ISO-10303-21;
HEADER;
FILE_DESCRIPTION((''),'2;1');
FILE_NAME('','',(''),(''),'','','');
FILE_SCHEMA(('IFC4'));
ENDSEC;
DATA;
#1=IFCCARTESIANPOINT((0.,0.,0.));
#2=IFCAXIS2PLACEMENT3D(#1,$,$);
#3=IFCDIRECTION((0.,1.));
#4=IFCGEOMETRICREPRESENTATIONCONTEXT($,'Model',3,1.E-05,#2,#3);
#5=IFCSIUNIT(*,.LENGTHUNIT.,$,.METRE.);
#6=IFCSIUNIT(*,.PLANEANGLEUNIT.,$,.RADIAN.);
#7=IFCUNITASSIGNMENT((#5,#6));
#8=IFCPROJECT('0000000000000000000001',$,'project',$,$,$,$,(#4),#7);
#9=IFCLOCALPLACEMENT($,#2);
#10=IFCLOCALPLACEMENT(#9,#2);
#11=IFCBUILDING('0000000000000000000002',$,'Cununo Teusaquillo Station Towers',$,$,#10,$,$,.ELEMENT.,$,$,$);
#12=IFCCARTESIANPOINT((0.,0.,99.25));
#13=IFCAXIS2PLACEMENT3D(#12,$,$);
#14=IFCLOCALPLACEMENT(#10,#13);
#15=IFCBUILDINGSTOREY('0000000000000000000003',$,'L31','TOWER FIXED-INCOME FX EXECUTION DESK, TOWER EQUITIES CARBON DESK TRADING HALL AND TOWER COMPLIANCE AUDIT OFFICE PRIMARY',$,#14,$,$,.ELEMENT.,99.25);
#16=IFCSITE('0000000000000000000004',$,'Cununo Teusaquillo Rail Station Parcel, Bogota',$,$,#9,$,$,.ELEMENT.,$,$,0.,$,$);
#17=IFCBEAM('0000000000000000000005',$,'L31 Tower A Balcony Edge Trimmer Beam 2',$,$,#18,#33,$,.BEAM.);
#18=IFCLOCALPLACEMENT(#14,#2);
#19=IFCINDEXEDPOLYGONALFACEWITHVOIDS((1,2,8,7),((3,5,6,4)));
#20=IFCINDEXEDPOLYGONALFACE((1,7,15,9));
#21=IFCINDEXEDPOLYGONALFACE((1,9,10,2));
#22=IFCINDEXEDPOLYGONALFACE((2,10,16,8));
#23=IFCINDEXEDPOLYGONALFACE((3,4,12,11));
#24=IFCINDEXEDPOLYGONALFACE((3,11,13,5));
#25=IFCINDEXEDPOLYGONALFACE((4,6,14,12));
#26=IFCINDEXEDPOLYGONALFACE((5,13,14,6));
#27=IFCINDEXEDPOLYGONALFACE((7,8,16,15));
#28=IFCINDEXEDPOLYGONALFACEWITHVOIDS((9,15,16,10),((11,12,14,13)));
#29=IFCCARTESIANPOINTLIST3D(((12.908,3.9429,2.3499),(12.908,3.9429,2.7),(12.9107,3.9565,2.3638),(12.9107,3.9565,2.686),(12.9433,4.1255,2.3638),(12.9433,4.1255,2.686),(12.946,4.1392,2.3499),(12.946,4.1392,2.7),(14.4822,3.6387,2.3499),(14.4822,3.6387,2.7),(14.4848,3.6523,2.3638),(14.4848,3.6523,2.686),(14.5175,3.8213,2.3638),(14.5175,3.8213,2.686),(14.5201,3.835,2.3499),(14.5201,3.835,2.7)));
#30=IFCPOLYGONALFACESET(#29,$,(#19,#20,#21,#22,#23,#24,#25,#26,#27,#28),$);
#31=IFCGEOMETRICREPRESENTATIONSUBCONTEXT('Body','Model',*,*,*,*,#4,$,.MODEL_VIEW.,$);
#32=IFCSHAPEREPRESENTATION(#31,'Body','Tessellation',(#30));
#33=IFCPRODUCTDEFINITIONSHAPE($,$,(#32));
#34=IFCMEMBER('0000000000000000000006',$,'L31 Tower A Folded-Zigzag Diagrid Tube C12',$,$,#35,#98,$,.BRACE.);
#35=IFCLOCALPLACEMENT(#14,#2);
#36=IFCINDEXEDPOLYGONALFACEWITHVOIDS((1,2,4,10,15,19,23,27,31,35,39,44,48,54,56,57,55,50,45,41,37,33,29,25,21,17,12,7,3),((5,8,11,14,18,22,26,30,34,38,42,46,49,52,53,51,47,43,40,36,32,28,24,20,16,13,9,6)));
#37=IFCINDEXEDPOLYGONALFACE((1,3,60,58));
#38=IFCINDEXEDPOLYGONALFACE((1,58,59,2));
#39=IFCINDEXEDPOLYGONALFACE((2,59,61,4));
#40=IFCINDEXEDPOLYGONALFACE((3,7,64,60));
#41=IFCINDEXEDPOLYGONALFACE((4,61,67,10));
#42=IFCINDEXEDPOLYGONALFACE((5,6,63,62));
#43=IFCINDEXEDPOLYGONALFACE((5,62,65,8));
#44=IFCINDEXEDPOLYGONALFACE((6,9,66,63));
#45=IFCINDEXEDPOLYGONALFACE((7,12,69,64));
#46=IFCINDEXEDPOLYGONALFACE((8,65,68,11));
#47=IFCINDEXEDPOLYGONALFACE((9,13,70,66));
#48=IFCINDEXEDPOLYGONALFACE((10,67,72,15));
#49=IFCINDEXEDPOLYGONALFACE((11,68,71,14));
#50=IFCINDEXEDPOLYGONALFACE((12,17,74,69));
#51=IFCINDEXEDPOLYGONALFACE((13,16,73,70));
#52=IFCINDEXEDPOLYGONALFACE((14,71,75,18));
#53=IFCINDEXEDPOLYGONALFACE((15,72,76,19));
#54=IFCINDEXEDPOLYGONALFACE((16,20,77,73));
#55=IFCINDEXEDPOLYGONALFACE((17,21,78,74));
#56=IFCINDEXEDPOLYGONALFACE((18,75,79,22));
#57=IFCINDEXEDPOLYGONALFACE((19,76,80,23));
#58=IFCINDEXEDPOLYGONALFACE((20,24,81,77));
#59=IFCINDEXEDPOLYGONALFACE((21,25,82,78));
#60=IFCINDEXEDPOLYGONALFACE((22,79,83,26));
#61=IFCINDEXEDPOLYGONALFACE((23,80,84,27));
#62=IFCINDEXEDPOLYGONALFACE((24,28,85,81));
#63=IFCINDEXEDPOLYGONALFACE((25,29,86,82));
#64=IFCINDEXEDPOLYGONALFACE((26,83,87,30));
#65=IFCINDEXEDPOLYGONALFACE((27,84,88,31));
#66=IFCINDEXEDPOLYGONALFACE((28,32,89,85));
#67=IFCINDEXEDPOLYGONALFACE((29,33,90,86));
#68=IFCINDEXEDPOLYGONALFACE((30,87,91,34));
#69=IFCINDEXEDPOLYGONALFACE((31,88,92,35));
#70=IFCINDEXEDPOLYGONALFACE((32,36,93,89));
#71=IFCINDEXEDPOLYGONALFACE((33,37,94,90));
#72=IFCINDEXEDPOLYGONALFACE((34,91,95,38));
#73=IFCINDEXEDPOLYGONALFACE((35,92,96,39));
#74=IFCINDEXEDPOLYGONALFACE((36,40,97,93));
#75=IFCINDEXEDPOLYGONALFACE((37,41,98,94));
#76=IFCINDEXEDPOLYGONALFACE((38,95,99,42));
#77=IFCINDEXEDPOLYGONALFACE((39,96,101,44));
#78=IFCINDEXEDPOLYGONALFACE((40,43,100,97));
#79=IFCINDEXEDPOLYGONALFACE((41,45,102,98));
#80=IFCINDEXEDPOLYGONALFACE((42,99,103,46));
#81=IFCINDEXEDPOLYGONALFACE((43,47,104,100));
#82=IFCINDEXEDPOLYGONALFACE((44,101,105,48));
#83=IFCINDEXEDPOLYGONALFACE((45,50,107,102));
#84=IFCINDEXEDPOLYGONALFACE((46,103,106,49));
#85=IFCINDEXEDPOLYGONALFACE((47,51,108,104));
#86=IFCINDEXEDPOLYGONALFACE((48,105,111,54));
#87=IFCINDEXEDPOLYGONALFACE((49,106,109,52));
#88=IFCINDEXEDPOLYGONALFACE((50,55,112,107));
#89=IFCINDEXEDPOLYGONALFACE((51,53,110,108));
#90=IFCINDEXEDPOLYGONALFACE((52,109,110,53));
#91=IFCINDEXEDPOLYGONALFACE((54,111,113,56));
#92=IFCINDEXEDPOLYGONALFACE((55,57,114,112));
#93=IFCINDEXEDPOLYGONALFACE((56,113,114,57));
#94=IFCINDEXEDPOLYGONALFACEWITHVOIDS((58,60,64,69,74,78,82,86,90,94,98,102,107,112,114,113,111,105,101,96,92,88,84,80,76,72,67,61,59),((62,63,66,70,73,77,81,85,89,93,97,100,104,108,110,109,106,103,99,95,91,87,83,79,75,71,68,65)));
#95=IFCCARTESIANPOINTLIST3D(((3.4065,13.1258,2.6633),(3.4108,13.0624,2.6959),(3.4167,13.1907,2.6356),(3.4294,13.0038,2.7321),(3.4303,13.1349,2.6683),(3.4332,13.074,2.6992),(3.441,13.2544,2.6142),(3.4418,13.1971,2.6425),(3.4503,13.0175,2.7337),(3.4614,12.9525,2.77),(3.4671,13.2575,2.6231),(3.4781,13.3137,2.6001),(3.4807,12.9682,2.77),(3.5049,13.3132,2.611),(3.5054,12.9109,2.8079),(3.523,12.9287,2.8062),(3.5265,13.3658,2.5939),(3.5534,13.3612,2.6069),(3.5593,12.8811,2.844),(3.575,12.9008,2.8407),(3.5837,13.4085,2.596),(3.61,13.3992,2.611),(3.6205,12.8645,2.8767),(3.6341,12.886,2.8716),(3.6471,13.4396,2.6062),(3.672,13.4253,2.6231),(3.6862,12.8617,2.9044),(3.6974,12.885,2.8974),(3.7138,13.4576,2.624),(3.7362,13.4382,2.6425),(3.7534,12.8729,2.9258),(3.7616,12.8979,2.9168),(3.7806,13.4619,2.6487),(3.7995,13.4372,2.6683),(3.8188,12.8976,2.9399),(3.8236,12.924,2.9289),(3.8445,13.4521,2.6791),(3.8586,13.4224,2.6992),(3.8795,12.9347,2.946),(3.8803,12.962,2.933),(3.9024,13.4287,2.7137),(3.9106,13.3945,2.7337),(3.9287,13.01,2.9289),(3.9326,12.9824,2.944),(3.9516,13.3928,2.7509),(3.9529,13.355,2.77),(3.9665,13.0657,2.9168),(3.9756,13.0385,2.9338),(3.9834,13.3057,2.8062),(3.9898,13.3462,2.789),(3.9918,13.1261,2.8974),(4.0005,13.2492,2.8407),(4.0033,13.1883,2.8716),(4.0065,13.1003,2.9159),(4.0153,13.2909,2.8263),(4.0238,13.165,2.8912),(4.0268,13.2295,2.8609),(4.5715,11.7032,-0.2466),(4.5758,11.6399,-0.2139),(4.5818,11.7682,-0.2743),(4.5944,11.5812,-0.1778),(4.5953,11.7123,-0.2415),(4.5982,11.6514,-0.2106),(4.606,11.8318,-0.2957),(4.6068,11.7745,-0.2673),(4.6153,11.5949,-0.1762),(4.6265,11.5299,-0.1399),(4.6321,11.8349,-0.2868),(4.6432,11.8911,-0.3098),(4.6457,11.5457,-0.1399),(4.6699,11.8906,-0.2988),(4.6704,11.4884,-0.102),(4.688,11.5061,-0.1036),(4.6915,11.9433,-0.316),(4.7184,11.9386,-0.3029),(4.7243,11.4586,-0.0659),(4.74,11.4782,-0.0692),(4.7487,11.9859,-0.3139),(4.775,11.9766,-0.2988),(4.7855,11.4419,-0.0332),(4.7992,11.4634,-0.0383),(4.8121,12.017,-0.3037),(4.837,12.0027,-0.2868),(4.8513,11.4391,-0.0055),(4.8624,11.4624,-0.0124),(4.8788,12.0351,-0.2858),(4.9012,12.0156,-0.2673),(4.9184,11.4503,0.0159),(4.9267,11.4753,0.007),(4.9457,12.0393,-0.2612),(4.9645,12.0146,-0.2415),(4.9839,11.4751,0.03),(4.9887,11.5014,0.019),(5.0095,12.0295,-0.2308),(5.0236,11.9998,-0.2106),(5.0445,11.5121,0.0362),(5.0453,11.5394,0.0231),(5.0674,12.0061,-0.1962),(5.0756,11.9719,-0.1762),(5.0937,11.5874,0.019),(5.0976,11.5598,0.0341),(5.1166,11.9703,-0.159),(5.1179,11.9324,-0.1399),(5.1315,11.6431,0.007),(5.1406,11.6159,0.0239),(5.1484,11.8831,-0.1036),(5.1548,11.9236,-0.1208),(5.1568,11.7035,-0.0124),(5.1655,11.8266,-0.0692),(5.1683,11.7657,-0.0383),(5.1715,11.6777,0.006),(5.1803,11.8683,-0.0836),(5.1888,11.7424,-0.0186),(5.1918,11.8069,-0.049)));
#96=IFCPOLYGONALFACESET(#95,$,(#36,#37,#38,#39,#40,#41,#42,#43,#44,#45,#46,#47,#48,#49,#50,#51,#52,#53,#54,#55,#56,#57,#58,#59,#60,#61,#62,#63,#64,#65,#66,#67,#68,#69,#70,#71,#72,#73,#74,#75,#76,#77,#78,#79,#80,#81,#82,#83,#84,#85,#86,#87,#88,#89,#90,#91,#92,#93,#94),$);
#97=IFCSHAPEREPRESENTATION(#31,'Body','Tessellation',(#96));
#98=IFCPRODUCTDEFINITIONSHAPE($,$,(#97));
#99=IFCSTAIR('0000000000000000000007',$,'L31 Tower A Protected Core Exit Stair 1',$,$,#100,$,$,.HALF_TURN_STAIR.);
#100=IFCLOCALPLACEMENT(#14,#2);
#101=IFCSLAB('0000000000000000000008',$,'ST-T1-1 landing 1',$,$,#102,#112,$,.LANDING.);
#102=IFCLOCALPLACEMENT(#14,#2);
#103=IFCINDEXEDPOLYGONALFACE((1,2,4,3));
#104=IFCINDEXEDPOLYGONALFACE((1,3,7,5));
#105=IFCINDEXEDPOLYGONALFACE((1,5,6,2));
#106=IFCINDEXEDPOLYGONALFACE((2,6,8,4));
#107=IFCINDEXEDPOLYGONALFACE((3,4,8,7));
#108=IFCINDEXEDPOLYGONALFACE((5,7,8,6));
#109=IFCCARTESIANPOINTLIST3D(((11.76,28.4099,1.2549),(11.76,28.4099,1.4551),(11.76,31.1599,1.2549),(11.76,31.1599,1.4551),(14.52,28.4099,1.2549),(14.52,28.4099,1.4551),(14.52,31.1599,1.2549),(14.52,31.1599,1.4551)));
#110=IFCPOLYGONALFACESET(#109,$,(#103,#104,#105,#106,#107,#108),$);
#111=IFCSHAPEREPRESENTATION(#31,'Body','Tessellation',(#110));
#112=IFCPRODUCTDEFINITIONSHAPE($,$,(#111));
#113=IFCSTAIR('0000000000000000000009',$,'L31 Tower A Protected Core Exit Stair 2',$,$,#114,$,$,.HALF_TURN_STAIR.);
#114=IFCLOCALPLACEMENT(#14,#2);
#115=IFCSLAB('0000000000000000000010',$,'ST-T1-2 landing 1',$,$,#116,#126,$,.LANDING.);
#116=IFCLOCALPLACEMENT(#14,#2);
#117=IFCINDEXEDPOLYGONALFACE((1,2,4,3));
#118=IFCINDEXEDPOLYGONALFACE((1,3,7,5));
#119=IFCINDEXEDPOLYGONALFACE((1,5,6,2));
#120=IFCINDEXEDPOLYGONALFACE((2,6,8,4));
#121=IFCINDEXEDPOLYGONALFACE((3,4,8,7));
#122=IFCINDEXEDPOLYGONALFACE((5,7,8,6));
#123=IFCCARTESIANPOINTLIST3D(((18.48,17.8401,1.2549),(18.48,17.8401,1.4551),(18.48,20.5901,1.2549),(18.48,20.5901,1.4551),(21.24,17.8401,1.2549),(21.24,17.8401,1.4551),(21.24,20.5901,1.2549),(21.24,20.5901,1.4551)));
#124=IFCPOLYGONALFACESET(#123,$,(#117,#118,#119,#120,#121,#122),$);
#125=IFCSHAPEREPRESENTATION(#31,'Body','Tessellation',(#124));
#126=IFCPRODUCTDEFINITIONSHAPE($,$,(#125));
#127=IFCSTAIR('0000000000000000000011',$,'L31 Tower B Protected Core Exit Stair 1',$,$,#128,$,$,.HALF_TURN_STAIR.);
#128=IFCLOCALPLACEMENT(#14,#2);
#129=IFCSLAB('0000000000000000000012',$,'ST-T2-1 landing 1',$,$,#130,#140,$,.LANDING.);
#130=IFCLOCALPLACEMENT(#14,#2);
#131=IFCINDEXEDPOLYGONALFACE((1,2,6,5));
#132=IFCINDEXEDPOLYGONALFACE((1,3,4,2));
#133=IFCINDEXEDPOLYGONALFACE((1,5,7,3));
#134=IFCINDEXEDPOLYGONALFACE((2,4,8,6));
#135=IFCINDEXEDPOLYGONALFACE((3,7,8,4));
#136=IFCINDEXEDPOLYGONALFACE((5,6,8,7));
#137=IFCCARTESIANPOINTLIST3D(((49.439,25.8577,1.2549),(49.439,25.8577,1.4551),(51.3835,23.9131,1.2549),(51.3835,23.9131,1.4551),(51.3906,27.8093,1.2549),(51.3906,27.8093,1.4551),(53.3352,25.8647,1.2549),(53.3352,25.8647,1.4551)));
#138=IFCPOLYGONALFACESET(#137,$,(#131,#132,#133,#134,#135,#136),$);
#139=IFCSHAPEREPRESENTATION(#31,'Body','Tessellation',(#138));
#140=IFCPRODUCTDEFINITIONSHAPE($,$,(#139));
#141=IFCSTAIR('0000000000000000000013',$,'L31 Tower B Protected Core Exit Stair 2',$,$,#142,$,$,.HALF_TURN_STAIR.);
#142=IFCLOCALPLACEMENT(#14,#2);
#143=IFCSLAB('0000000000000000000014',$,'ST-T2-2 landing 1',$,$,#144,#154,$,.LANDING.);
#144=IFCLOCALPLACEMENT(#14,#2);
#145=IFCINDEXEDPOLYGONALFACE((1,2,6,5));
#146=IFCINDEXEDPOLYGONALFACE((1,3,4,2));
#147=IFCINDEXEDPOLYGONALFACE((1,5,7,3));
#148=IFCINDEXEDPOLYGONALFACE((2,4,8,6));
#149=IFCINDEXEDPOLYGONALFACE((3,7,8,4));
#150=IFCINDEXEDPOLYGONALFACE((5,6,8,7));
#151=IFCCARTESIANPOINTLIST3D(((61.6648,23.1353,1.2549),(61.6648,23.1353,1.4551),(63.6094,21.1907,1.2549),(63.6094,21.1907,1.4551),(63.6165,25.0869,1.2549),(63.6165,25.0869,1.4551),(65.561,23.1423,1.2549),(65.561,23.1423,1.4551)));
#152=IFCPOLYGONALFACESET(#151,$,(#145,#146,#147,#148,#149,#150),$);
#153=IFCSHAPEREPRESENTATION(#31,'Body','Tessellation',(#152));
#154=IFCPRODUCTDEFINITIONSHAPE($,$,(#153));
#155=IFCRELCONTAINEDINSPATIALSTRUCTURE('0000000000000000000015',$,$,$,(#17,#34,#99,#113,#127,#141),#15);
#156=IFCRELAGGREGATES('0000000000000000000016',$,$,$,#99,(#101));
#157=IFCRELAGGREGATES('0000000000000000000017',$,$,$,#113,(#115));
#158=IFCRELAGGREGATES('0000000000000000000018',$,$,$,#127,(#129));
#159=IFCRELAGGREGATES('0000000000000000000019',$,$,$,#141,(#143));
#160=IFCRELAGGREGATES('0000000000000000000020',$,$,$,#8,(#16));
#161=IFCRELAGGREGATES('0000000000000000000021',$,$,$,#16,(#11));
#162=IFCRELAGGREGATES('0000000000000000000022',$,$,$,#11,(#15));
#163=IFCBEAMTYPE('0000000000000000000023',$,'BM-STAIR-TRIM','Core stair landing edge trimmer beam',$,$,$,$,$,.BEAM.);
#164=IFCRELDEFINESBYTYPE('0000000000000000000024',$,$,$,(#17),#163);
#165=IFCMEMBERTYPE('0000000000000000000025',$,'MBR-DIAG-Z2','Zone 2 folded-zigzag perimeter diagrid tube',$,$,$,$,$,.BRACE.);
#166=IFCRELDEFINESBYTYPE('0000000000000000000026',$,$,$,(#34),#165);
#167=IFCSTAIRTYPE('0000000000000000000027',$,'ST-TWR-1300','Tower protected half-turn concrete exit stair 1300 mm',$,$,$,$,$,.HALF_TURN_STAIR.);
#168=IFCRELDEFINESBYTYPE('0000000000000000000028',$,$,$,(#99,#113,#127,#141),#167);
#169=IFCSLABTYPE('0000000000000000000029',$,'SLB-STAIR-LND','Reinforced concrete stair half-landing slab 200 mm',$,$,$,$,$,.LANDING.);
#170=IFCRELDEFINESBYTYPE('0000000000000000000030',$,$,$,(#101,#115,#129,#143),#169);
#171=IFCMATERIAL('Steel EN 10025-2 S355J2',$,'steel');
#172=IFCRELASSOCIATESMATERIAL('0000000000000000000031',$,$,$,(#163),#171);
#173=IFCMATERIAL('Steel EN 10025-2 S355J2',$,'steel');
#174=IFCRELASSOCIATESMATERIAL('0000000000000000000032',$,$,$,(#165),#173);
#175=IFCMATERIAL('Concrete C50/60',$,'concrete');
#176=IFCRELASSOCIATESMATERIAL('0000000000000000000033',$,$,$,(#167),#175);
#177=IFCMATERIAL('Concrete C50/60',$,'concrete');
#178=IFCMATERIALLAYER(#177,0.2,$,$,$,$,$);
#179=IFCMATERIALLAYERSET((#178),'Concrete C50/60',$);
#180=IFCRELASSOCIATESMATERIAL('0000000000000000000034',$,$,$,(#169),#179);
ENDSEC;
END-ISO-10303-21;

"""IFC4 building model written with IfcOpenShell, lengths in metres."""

from ifc_helpers import new_model, si_unit, direction, frame, origin, origin_2d, place, context, subcontext, project, spatial, polyline, hollow_rectangle, hollow_circle, outline, extrude, material, layer, layer_set, material_profile, profile_set, type_object, element, aggregate, save


model = new_model("IFC4")

# Units and contexts
model_context = context("Model", 3, precision=1e-05, world=origin(), true_north=direction((0.0, 1.0)))
body_context = subcontext(model_context, "Body", "Model", "MODEL_VIEW")
ifc_project = project(units=[si_unit("LENGTHUNIT", "METRE"), si_unit("PLANEANGLEUNIT", "RADIAN")], contexts=[model_context])

# Site, building, storey
site_placement = place(None, origin())
site = spatial("IfcSite", under=ifc_project, at=site_placement, Name="Cununo Teusaquillo Rail Station Parcel, Bogota", CompositionType="ELEMENT", RefElevation=0.0)
building_placement = place(site_placement, origin())
building = spatial("IfcBuilding", under=site, at=building_placement, Name="Cununo Teusaquillo Station Towers", CompositionType="ELEMENT")
storey_placement = place(building_placement, frame((0.0, 0.0, 99.25)))
storey = spatial("IfcBuildingStorey", under=building, at=storey_placement, Name="L31", Description="TOWER FIXED-INCOME FX EXECUTION DESK, TOWER EQUITIES CARBON DESK TRADING HALL AND TOWER COMPLIANCE AUDIT OFFICE PRIMARY", CompositionType="ELEMENT", Elevation=99.25)

# Beam
ifc_material_1 = material(Name="Steel EN 10025-2 S355J2", Category="steel")
ifc_material_profile_1 = material_profile(ifc_material_1, hollow_rectangle(XDim=0.2, YDim=0.3501, WallThickness=0.0139, at=origin_2d()), Name="RHS 350x200x14")
ifc_profile_set_1 = profile_set([ifc_material_profile_1], Name="Steel EN 10025-2 S355J2")
beam_type_1 = type_object("IfcBeamType", Name="BM-STAIR-TRIM", Description="Core stair landing edge trimmer beam", PredefinedType="BEAM", material=ifc_profile_set_1)
beam_1_placement = place(storey_placement, frame((12.927, 4.041, 2.5249), z_axis=(0.981837, -0.189728, 0.0), x_axis=(0.189728, 0.981837, 0.0)))
element("IfcBeam", 1, at=beam_1_placement, inside=storey, type_object=beam_type_1, Name="L31 Tower A Balcony Edge Trimmer Beam 2", PredefinedType="BEAM", context=body_context, shape_type="SweptSolid", body=[
    extrude(hollow_rectangle(XDim=0.2, YDim=0.3501, WallThickness=0.0139, at=origin_2d()), origin(), (0.0, 0.0, 1.0), 1.6033),
])

# Member
ifc_material_2 = material(Name="Steel EN 10025-2 S355J2", Category="steel")
ifc_material_profile_2 = material_profile(ifc_material_2, hollow_circle(Radius=0.3301, WallThickness=0.0249, at=origin_2d()), Name="CHS 660x25")
ifc_profile_set_2 = profile_set([ifc_material_profile_2], Name="Steel EN 10025-2 S355J2")
member_type = type_object("IfcMemberType", Name="MBR-DIAG-Z2", Description="Zone 2 folded-zigzag perimeter diagrid tube", PredefinedType="BRACE", material=ifc_profile_set_2)
member_placement = place(storey_placement, frame((4.8818, 11.739, -0.1399), z_axis=(-0.338458, 0.413285, 0.845365), x_axis=(-0.773667, -0.633592, 0.0)))
element("IfcMember", 2, at=member_placement, inside=storey, type_object=member_type, Name="L31 Tower A Folded-Zigzag Diagrid Tube C12", PredefinedType="BRACE", context=body_context, shape_type="SweptSolid", body=[
    extrude(hollow_circle(Radius=0.3301, WallThickness=0.0249, at=origin_2d()), origin(), (0.0, 0.0, 1.0), 3.4421),
])

# Stairs, slabs
ifc_material_3 = material(Name="Concrete C50/60", Category="concrete")
stair_type = type_object("IfcStairType", Name="ST-TWR-1300", Description="Tower protected half-turn concrete exit stair 1300 mm", PredefinedType="HALF_TURN_STAIR", material=ifc_material_3)
stair_1_placement = place(storey_placement, origin())
stair_1 = element("IfcStair", 3, at=stair_1_placement, inside=storey, type_object=stair_type, Name="L31 Tower A Protected Core Exit Stair 1", PredefinedType="HALF_TURN_STAIR")
ifc_material_4 = material(Name="Concrete C50/60", Category="concrete")
ifc_layer_1 = layer(ifc_material_4, 0.2)
ifc_layer_set_1 = layer_set([ifc_layer_1], Name="Concrete C50/60")
slab_type_1 = type_object("IfcSlabType", Name="SLB-STAIR-LND", Description="Reinforced concrete stair half-landing slab 200 mm", PredefinedType="LANDING", material=ifc_layer_set_1)
slab_1_placement = place(storey_placement, frame((0.0, 0.0, 1.2549)))
slab_1 = element("IfcSlab", 4, at=slab_1_placement, type_object=slab_type_1, Name="ST-T1-1 landing 1", PredefinedType="LANDING", context=body_context, shape_type="SweptSolid", body=[
    extrude(outline(polyline([(14.52, 28.4099), (14.52, 31.1599), (11.76, 31.1599), (11.76, 28.4099), (14.52, 28.4099)])), origin(), (0.0, 0.0, 1.0), 0.2002),
])
aggregate(stair_1, [slab_1])
stair_2_placement = place(storey_placement, origin())
stair_2 = element("IfcStair", 5, at=stair_2_placement, inside=storey, type_object=stair_type, Name="L31 Tower A Protected Core Exit Stair 2", PredefinedType="HALF_TURN_STAIR")
slab_2_placement = place(storey_placement, frame((0.0, 0.0, 1.2549)))
slab_2 = element("IfcSlab", 6, at=slab_2_placement, type_object=slab_type_1, Name="ST-T1-2 landing 1", PredefinedType="LANDING", context=body_context, shape_type="SweptSolid", body=[
    extrude(outline(polyline([(18.48, 20.5901), (18.48, 17.8401), (21.24, 17.8401), (21.24, 20.5901), (18.48, 20.5901)])), origin(), (0.0, 0.0, 1.0), 0.2002),
])
aggregate(stair_2, [slab_2])
stair_3_placement = place(storey_placement, origin())
stair_3 = element("IfcStair", 7, at=stair_3_placement, inside=storey, type_object=stair_type, Name="L31 Tower B Protected Core Exit Stair 1", PredefinedType="HALF_TURN_STAIR")
slab_3_placement = place(storey_placement, frame((0.0, 0.0, 1.2549)))
slab_3 = element("IfcSlab", 8, at=slab_3_placement, type_object=slab_type_1, Name="ST-T2-1 landing 1", PredefinedType="LANDING", context=body_context, shape_type="SweptSolid", body=[
    extrude(outline(polyline([(53.3352, 25.8647), (51.3906, 27.8093), (49.439, 25.8577), (51.3835, 23.9131), (53.3352, 25.8647)])), origin(), (0.0, 0.0, 1.0), 0.2002),
])
aggregate(stair_3, [slab_3])
stair_4_placement = place(storey_placement, origin())
stair_4 = element("IfcStair", 9, at=stair_4_placement, inside=storey, type_object=stair_type, Name="L31 Tower B Protected Core Exit Stair 2", PredefinedType="HALF_TURN_STAIR")
slab_4_placement = place(storey_placement, frame((0.0, 0.0, 1.2549)))
slab_4 = element("IfcSlab", 10, at=slab_4_placement, type_object=slab_type_1, Name="ST-T2-2 landing 1", PredefinedType="LANDING", context=body_context, shape_type="SweptSolid", body=[
    extrude(outline(polyline([(61.6648, 23.1353), (63.6094, 21.1907), (65.561, 23.1423), (63.6165, 25.0869), (61.6648, 23.1353)])), origin(), (0.0, 0.0, 1.0), 0.2002),
])
aggregate(stair_4, [slab_4])

save(model, "model.ifc")
